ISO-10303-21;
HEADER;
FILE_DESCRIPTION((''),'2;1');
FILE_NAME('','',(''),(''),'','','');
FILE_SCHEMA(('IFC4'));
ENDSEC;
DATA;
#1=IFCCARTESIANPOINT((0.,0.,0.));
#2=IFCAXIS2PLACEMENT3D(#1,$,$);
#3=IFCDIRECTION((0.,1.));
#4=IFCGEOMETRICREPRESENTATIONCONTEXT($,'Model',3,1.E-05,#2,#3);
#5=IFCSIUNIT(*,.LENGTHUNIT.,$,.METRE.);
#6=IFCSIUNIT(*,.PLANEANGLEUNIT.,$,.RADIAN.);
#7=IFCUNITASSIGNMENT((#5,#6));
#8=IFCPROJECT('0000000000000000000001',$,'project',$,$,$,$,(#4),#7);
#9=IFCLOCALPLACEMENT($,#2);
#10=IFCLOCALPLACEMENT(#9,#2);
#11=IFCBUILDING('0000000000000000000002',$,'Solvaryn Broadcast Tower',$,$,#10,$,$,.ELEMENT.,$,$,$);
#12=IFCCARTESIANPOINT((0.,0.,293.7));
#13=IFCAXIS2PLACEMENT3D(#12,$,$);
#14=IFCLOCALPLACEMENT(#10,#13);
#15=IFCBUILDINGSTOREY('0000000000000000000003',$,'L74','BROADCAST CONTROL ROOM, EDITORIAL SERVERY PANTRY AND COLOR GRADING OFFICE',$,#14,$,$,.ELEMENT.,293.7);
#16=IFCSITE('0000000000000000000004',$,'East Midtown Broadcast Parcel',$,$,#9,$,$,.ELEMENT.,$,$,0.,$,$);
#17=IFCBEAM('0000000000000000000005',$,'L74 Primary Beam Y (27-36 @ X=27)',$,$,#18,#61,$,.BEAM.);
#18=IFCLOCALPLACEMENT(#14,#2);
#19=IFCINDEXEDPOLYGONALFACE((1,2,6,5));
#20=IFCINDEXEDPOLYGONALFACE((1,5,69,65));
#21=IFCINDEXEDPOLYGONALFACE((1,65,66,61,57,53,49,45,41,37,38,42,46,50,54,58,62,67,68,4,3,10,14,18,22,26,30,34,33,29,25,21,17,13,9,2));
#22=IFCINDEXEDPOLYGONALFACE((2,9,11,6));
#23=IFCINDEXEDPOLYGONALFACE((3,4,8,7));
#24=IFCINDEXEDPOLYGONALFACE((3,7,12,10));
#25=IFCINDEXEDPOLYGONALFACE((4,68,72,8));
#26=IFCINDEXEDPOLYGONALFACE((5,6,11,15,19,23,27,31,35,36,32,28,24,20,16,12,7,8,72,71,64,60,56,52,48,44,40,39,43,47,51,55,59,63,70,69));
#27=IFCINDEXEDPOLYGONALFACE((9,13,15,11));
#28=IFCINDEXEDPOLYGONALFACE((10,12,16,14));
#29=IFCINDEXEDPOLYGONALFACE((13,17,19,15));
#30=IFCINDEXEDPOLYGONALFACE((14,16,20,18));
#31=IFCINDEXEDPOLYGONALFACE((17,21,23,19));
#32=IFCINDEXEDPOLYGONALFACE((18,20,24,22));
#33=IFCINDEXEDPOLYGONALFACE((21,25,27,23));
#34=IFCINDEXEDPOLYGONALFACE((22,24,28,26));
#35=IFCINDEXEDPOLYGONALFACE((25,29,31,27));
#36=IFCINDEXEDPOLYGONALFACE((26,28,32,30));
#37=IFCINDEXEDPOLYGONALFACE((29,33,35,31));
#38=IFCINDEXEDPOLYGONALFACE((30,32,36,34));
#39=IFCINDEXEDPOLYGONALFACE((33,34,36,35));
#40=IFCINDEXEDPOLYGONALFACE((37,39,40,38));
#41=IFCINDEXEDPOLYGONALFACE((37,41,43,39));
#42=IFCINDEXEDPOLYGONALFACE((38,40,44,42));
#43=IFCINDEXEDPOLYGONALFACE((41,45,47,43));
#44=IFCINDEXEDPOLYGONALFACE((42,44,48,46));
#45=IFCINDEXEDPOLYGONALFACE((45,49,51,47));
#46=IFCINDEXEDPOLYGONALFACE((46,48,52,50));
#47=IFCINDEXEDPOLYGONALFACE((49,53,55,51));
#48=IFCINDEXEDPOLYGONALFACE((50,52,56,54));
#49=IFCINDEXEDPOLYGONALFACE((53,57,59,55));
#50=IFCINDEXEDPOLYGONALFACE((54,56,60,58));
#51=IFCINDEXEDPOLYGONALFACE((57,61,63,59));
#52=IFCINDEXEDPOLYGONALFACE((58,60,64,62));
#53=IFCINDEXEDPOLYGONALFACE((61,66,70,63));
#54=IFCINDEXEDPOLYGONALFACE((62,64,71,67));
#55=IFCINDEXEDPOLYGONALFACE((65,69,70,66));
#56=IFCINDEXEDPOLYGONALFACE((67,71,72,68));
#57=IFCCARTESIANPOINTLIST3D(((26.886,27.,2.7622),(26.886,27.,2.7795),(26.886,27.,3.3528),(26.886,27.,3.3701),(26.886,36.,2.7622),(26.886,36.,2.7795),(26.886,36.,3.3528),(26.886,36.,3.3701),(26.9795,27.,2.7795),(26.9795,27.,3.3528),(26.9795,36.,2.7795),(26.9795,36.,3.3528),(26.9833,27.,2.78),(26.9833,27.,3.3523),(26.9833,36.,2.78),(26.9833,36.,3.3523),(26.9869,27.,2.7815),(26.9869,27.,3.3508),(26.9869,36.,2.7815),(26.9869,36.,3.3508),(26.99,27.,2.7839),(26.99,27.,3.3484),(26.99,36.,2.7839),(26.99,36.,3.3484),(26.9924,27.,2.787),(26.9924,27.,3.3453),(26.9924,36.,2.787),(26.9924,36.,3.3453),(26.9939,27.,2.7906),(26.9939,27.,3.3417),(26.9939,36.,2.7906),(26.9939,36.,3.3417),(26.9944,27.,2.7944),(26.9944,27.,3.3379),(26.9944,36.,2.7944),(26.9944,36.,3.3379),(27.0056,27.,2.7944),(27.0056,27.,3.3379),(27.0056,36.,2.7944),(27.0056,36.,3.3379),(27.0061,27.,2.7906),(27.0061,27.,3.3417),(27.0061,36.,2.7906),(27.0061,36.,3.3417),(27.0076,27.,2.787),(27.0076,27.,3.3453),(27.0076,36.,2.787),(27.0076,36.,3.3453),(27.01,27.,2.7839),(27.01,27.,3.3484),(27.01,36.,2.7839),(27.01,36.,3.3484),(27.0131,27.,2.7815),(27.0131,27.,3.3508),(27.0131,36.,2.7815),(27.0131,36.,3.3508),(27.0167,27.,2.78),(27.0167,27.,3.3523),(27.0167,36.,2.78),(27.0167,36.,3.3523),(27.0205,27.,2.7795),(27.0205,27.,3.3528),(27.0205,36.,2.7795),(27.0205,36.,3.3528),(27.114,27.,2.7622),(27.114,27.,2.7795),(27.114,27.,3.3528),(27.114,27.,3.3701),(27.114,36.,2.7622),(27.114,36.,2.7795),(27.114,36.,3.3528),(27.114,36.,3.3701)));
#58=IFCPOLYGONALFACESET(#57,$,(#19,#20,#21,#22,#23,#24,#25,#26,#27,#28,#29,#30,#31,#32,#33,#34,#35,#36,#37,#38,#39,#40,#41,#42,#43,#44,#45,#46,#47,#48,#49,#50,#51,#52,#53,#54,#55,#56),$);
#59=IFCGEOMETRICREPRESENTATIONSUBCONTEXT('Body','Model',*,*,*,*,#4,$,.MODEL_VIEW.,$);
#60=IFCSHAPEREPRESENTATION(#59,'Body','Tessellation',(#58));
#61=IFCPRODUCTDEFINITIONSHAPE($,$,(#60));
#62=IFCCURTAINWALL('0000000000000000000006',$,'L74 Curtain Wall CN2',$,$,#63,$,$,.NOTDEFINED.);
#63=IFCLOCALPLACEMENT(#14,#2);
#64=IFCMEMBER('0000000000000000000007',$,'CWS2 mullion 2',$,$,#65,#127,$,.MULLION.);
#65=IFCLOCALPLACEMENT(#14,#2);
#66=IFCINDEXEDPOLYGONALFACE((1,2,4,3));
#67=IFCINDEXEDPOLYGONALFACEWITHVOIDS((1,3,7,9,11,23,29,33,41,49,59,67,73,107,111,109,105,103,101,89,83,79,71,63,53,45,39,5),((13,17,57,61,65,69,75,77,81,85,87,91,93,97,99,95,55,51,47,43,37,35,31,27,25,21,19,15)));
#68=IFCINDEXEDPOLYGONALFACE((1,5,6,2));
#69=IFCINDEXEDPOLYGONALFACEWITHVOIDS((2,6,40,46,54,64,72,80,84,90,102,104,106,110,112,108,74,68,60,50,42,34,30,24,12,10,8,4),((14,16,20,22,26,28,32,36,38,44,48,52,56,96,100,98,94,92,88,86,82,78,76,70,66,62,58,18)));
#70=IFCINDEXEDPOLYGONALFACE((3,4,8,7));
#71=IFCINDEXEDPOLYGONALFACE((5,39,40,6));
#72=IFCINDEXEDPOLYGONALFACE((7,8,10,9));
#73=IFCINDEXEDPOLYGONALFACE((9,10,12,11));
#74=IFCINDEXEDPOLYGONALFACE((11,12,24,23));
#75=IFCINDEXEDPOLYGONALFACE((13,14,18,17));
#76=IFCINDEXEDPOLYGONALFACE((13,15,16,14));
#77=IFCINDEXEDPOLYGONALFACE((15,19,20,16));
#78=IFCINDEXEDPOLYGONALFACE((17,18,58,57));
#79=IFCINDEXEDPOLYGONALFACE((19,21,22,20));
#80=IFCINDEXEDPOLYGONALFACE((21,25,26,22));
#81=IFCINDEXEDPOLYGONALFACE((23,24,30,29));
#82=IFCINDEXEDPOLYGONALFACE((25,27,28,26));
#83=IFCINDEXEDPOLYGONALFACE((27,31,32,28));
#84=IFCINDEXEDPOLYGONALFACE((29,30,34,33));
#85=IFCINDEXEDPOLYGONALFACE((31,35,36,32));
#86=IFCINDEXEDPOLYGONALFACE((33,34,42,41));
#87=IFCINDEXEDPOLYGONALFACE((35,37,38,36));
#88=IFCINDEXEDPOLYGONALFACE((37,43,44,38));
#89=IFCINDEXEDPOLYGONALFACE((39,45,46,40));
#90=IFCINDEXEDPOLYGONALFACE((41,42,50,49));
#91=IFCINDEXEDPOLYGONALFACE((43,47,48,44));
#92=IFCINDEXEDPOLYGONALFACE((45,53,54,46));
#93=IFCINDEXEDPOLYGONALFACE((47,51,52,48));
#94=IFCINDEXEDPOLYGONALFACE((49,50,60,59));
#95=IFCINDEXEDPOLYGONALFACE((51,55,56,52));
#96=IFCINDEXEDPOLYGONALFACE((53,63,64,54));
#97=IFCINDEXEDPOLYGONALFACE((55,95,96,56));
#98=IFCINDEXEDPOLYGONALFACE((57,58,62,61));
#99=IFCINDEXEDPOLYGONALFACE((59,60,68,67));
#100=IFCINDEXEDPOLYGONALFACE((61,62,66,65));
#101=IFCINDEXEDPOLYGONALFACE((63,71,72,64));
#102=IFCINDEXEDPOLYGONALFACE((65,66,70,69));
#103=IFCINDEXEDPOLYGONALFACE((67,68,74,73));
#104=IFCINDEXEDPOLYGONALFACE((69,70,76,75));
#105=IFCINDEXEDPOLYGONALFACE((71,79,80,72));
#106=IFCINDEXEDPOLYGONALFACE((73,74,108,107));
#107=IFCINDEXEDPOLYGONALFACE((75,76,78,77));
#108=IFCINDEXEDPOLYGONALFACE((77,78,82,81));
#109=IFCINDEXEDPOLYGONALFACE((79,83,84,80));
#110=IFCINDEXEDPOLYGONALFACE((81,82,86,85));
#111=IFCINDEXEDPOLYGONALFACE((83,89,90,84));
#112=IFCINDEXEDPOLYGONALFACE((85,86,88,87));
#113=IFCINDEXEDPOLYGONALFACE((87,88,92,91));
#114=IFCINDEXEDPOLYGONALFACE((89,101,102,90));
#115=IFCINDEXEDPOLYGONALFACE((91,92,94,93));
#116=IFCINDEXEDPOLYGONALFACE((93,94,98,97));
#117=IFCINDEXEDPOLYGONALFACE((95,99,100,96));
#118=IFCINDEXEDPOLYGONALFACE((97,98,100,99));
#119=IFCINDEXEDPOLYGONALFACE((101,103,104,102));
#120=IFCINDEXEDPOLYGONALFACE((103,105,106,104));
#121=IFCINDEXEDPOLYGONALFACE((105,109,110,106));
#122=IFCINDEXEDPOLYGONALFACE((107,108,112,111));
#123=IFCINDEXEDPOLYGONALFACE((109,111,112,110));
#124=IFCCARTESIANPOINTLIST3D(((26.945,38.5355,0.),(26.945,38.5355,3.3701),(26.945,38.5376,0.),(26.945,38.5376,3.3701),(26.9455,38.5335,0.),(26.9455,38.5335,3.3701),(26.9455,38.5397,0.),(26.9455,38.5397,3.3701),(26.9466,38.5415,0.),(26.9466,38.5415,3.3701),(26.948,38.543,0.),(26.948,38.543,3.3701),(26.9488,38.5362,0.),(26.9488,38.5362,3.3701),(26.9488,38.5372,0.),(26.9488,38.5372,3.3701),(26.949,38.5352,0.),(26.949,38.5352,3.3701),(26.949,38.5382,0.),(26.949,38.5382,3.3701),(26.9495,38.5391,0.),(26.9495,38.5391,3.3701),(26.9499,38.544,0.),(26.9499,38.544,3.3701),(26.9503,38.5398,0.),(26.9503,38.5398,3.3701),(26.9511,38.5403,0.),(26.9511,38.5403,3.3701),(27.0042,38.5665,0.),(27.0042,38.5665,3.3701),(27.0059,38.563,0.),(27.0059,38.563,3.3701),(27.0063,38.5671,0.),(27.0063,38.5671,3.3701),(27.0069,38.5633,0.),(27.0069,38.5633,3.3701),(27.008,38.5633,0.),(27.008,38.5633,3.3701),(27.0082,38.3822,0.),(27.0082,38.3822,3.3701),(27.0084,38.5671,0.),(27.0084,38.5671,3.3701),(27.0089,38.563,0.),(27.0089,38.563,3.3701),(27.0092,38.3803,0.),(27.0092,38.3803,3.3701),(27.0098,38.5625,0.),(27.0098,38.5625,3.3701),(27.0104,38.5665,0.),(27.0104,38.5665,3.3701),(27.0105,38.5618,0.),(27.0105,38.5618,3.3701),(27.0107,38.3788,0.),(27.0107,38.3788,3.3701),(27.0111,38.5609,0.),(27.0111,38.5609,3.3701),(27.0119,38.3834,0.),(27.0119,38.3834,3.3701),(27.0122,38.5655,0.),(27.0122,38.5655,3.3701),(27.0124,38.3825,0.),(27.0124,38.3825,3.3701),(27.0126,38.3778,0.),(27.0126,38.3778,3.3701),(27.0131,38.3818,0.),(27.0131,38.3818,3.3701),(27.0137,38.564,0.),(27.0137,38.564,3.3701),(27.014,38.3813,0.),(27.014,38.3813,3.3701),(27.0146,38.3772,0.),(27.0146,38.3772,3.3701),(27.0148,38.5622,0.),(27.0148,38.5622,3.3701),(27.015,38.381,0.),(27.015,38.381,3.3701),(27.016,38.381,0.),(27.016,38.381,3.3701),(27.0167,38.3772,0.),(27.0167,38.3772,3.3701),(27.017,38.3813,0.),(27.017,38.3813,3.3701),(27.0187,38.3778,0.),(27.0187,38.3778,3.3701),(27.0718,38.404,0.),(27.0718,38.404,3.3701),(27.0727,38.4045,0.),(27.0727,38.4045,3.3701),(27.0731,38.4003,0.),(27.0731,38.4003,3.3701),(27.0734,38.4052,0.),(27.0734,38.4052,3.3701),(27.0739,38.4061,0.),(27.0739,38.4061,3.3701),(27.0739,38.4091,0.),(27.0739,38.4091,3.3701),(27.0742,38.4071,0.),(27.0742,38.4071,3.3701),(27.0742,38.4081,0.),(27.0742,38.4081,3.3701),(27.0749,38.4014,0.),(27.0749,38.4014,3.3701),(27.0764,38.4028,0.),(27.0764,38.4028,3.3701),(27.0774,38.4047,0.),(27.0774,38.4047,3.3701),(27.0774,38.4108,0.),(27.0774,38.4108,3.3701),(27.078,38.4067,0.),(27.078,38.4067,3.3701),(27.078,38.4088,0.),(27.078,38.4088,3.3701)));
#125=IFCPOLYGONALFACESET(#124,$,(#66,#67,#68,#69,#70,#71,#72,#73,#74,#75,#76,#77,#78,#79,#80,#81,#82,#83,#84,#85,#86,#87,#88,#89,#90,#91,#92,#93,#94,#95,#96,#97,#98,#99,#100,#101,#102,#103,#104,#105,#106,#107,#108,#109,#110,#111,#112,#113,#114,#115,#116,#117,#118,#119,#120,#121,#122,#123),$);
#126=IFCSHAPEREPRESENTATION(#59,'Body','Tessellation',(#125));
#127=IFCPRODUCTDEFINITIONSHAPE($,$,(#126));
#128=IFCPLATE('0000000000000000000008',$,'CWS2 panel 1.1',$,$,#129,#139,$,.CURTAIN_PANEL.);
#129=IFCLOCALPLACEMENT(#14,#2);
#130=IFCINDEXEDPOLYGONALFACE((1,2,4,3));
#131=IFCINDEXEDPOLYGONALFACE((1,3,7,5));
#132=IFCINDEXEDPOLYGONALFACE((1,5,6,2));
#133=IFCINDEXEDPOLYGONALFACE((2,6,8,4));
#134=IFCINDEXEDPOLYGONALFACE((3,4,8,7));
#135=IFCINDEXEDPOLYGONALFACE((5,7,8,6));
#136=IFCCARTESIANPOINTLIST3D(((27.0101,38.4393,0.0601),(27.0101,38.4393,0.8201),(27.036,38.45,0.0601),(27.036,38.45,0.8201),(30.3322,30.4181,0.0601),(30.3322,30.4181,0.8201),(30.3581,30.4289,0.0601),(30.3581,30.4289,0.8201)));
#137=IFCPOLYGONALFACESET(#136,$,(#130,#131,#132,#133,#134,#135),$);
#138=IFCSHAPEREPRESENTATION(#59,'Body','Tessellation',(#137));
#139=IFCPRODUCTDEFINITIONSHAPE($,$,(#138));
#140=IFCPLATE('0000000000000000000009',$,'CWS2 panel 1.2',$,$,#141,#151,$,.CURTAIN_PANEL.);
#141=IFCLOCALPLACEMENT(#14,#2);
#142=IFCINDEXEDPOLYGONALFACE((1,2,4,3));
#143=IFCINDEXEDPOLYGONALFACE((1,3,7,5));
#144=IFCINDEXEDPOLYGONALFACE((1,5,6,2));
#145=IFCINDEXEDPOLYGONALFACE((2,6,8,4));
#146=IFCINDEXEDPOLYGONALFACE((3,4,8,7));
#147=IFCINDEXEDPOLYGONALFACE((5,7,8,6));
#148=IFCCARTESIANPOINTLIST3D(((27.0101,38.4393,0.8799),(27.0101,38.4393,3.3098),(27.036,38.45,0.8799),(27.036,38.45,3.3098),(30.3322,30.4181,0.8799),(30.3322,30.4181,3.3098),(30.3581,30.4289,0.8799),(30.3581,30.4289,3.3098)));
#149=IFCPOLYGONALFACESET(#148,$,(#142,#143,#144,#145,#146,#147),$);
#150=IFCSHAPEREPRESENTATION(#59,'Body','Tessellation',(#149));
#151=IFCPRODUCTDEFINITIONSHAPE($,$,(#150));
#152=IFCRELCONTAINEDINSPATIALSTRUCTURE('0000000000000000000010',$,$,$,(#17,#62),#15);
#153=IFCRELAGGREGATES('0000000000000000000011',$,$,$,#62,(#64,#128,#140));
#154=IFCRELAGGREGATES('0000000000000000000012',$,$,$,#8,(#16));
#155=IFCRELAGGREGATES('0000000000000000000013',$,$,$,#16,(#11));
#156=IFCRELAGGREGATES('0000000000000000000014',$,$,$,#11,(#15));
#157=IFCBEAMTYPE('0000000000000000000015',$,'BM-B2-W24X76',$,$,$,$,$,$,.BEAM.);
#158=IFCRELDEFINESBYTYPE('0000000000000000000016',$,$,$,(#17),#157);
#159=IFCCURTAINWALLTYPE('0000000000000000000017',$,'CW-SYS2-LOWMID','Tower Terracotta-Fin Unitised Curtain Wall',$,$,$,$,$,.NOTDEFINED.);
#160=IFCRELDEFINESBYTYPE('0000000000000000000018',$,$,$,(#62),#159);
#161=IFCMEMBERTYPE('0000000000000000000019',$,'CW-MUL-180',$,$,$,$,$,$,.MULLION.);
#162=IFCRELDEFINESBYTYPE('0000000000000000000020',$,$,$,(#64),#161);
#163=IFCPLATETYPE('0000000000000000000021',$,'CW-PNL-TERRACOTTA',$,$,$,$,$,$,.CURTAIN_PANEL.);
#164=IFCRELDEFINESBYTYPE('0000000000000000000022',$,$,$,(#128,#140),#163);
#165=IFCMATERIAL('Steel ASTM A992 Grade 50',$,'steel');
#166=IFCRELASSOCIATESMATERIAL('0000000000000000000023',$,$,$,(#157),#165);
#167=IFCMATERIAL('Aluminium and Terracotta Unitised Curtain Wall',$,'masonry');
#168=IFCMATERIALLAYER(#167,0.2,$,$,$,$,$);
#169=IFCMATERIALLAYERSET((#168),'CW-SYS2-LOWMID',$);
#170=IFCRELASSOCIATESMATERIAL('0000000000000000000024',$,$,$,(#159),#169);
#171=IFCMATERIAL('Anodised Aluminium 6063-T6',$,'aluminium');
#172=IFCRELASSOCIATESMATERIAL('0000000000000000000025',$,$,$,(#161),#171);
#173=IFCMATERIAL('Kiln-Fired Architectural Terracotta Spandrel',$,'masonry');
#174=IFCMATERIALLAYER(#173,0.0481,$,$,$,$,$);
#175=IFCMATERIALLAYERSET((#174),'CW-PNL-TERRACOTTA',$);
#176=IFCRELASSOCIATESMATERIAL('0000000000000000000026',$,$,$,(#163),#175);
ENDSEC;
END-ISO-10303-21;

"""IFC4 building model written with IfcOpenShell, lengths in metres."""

from ifc_helpers import new_model, si_unit, direction, frame, origin, origin_2d, place, context, subcontext, project, spatial, rectangle, hollow_rectangle, i_section, extrude, material, layer, layer_set, material_profile, profile_set, type_object, element, aggregate, save


model = new_model("IFC4")

# Units and contexts
model_context = context("Model", 3, precision=1e-05, world=origin(), true_north=direction((0.0, 1.0)))
body_context = subcontext(model_context, "Body", "Model", "MODEL_VIEW")
ifc_project = project(units=[si_unit("LENGTHUNIT", "METRE"), si_unit("PLANEANGLEUNIT", "RADIAN")], contexts=[model_context])

# Site, building, storey
site_placement = place(None, origin())
site = spatial("IfcSite", under=ifc_project, at=site_placement, Name="East Midtown Broadcast Parcel", CompositionType="ELEMENT", RefElevation=0.0)
building_placement = place(site_placement, origin())
building = spatial("IfcBuilding", under=site, at=building_placement, Name="Solvaryn Broadcast Tower", CompositionType="ELEMENT")
storey_placement = place(building_placement, frame((0.0, 0.0, 293.7)))
storey = spatial("IfcBuildingStorey", under=building, at=storey_placement, Name="L74", Description="BROADCAST CONTROL ROOM, EDITORIAL SERVERY PANTRY AND COLOR GRADING OFFICE", CompositionType="ELEMENT", Elevation=293.7)

# Beam
ifc_material_1 = material(Name="Steel ASTM A992 Grade 50", Category="steel")
ifc_material_profile_1 = material_profile(ifc_material_1, i_section(OverallWidth=0.228, OverallDepth=0.6079, WebThickness=0.0112, FlangeThickness=0.0173, FilletRadius=0.0149, at=origin_2d()))
ifc_profile_set_1 = profile_set([ifc_material_profile_1], Name="Steel ASTM A992 Grade 50")
beam_type_1 = type_object("IfcBeamType", Name="BM-B2-W24X76", PredefinedType="BEAM", material=ifc_profile_set_1)
beam_1_placement = place(storey_placement, frame((27.0, 27.0, 3.0662), z_axis=(0.0, 1.0, 0.0), x_axis=(-1.0, 0.0, 0.0)))
element("IfcBeam", 1, at=beam_1_placement, inside=storey, type_object=beam_type_1, Name="L74 Primary Beam Y (27-36 @ X=27)", PredefinedType="BEAM", context=body_context, shape_type="SweptSolid", body=[
    extrude(i_section(OverallWidth=0.228, OverallDepth=0.6079, WebThickness=0.0112, FlangeThickness=0.0173, FilletRadius=0.0149, at=origin_2d()), origin(), (0.0, 0.0, 1.0), 9.0),
])

# Curtain wall, member, plates
ifc_material_2 = material(Name="Aluminium and Terracotta Unitised Curtain Wall", Category="masonry")
ifc_layer_1 = layer(ifc_material_2, 0.2)
ifc_layer_set_1 = layer_set([ifc_layer_1], Name="CW-SYS2-LOWMID")
curtain_wall_type = type_object("IfcCurtainWallType", Name="CW-SYS2-LOWMID", Description="Tower Terracotta-Fin Unitised Curtain Wall", PredefinedType="NOTDEFINED", material=ifc_layer_set_1)
curtain_wall_placement = place(storey_placement, origin())
curtain_wall = element("IfcCurtainWall", 2, at=curtain_wall_placement, inside=storey, type_object=curtain_wall_type, Name="L74 Curtain Wall CN2", PredefinedType="NOTDEFINED")
ifc_material_3 = material(Name="Anodised Aluminium 6063-T6", Category="aluminium")
ifc_material_profile_2 = material_profile(ifc_material_3, hollow_rectangle(XDim=0.075, YDim=0.1799, WallThickness=0.0039, InnerFilletRadius=0.0039, OuterFilletRadius=0.0081, at=origin_2d()))
ifc_profile_set_2 = profile_set([ifc_material_profile_2], Name="Anodised Aluminium 6063-T6")
member_type = type_object("IfcMemberType", Name="CW-MUL-180", PredefinedType="MULLION", material=ifc_profile_set_2)
member_placement = place(storey_placement, frame((27.0115, 38.4722, 0.0), z_axis=(0.0, 0.0, 1.0), x_axis=(-0.923895, -0.382646, 0.0)))
member = element("IfcMember", 3, at=member_placement, type_object=member_type, Name="CWS2 mullion 2", PredefinedType="MULLION", context=body_context, shape_type="SweptSolid", body=[
    extrude(hollow_rectangle(XDim=0.075, YDim=0.1799, WallThickness=0.0039, InnerFilletRadius=0.0039, OuterFilletRadius=0.0081, at=origin_2d()), origin(), (0.0, 0.0, 1.0), 3.3701),
])
ifc_material_4 = material(Name="Kiln-Fired Architectural Terracotta Spandrel", Category="masonry")
ifc_layer_2 = layer(ifc_material_4, 0.0481)
ifc_layer_set_2 = layer_set([ifc_layer_2], Name="CW-PNL-TERRACOTTA")
plate_type = type_object("IfcPlateType", Name="CW-PNL-TERRACOTTA", PredefinedType="CURTAIN_PANEL", material=ifc_layer_set_2)
plate_1_placement = place(storey_placement, frame((28.6841, 34.4341, 0.0601), z_axis=(0.0, 0.0, 1.0), x_axis=(-0.382646, 0.923895, 0.0)))
plate_1 = element("IfcPlate", 4, at=plate_1_placement, type_object=plate_type, Name="CWS2 panel 1.1", PredefinedType="CURTAIN_PANEL", context=body_context, shape_type="SweptSolid", body=[
    extrude(rectangle(XDim=8.6819, YDim=0.0281, at=origin_2d()), origin(), (0.0, 0.0, 1.0), 0.76),
])
plate_2_placement = place(storey_placement, frame((28.6841, 34.4341, 0.8799), z_axis=(0.0, 0.0, 1.0), x_axis=(-0.382646, 0.923895, 0.0)))
plate_2 = element("IfcPlate", 5, at=plate_2_placement, type_object=plate_type, Name="CWS2 panel 1.2", PredefinedType="CURTAIN_PANEL", context=body_context, shape_type="SweptSolid", body=[
    extrude(rectangle(XDim=8.6819, YDim=0.0281, at=origin_2d()), origin(), (0.0, 0.0, 1.0), 2.4299),
])
aggregate(curtain_wall, [member, plate_1, plate_2])

save(model, "model.ifc")
